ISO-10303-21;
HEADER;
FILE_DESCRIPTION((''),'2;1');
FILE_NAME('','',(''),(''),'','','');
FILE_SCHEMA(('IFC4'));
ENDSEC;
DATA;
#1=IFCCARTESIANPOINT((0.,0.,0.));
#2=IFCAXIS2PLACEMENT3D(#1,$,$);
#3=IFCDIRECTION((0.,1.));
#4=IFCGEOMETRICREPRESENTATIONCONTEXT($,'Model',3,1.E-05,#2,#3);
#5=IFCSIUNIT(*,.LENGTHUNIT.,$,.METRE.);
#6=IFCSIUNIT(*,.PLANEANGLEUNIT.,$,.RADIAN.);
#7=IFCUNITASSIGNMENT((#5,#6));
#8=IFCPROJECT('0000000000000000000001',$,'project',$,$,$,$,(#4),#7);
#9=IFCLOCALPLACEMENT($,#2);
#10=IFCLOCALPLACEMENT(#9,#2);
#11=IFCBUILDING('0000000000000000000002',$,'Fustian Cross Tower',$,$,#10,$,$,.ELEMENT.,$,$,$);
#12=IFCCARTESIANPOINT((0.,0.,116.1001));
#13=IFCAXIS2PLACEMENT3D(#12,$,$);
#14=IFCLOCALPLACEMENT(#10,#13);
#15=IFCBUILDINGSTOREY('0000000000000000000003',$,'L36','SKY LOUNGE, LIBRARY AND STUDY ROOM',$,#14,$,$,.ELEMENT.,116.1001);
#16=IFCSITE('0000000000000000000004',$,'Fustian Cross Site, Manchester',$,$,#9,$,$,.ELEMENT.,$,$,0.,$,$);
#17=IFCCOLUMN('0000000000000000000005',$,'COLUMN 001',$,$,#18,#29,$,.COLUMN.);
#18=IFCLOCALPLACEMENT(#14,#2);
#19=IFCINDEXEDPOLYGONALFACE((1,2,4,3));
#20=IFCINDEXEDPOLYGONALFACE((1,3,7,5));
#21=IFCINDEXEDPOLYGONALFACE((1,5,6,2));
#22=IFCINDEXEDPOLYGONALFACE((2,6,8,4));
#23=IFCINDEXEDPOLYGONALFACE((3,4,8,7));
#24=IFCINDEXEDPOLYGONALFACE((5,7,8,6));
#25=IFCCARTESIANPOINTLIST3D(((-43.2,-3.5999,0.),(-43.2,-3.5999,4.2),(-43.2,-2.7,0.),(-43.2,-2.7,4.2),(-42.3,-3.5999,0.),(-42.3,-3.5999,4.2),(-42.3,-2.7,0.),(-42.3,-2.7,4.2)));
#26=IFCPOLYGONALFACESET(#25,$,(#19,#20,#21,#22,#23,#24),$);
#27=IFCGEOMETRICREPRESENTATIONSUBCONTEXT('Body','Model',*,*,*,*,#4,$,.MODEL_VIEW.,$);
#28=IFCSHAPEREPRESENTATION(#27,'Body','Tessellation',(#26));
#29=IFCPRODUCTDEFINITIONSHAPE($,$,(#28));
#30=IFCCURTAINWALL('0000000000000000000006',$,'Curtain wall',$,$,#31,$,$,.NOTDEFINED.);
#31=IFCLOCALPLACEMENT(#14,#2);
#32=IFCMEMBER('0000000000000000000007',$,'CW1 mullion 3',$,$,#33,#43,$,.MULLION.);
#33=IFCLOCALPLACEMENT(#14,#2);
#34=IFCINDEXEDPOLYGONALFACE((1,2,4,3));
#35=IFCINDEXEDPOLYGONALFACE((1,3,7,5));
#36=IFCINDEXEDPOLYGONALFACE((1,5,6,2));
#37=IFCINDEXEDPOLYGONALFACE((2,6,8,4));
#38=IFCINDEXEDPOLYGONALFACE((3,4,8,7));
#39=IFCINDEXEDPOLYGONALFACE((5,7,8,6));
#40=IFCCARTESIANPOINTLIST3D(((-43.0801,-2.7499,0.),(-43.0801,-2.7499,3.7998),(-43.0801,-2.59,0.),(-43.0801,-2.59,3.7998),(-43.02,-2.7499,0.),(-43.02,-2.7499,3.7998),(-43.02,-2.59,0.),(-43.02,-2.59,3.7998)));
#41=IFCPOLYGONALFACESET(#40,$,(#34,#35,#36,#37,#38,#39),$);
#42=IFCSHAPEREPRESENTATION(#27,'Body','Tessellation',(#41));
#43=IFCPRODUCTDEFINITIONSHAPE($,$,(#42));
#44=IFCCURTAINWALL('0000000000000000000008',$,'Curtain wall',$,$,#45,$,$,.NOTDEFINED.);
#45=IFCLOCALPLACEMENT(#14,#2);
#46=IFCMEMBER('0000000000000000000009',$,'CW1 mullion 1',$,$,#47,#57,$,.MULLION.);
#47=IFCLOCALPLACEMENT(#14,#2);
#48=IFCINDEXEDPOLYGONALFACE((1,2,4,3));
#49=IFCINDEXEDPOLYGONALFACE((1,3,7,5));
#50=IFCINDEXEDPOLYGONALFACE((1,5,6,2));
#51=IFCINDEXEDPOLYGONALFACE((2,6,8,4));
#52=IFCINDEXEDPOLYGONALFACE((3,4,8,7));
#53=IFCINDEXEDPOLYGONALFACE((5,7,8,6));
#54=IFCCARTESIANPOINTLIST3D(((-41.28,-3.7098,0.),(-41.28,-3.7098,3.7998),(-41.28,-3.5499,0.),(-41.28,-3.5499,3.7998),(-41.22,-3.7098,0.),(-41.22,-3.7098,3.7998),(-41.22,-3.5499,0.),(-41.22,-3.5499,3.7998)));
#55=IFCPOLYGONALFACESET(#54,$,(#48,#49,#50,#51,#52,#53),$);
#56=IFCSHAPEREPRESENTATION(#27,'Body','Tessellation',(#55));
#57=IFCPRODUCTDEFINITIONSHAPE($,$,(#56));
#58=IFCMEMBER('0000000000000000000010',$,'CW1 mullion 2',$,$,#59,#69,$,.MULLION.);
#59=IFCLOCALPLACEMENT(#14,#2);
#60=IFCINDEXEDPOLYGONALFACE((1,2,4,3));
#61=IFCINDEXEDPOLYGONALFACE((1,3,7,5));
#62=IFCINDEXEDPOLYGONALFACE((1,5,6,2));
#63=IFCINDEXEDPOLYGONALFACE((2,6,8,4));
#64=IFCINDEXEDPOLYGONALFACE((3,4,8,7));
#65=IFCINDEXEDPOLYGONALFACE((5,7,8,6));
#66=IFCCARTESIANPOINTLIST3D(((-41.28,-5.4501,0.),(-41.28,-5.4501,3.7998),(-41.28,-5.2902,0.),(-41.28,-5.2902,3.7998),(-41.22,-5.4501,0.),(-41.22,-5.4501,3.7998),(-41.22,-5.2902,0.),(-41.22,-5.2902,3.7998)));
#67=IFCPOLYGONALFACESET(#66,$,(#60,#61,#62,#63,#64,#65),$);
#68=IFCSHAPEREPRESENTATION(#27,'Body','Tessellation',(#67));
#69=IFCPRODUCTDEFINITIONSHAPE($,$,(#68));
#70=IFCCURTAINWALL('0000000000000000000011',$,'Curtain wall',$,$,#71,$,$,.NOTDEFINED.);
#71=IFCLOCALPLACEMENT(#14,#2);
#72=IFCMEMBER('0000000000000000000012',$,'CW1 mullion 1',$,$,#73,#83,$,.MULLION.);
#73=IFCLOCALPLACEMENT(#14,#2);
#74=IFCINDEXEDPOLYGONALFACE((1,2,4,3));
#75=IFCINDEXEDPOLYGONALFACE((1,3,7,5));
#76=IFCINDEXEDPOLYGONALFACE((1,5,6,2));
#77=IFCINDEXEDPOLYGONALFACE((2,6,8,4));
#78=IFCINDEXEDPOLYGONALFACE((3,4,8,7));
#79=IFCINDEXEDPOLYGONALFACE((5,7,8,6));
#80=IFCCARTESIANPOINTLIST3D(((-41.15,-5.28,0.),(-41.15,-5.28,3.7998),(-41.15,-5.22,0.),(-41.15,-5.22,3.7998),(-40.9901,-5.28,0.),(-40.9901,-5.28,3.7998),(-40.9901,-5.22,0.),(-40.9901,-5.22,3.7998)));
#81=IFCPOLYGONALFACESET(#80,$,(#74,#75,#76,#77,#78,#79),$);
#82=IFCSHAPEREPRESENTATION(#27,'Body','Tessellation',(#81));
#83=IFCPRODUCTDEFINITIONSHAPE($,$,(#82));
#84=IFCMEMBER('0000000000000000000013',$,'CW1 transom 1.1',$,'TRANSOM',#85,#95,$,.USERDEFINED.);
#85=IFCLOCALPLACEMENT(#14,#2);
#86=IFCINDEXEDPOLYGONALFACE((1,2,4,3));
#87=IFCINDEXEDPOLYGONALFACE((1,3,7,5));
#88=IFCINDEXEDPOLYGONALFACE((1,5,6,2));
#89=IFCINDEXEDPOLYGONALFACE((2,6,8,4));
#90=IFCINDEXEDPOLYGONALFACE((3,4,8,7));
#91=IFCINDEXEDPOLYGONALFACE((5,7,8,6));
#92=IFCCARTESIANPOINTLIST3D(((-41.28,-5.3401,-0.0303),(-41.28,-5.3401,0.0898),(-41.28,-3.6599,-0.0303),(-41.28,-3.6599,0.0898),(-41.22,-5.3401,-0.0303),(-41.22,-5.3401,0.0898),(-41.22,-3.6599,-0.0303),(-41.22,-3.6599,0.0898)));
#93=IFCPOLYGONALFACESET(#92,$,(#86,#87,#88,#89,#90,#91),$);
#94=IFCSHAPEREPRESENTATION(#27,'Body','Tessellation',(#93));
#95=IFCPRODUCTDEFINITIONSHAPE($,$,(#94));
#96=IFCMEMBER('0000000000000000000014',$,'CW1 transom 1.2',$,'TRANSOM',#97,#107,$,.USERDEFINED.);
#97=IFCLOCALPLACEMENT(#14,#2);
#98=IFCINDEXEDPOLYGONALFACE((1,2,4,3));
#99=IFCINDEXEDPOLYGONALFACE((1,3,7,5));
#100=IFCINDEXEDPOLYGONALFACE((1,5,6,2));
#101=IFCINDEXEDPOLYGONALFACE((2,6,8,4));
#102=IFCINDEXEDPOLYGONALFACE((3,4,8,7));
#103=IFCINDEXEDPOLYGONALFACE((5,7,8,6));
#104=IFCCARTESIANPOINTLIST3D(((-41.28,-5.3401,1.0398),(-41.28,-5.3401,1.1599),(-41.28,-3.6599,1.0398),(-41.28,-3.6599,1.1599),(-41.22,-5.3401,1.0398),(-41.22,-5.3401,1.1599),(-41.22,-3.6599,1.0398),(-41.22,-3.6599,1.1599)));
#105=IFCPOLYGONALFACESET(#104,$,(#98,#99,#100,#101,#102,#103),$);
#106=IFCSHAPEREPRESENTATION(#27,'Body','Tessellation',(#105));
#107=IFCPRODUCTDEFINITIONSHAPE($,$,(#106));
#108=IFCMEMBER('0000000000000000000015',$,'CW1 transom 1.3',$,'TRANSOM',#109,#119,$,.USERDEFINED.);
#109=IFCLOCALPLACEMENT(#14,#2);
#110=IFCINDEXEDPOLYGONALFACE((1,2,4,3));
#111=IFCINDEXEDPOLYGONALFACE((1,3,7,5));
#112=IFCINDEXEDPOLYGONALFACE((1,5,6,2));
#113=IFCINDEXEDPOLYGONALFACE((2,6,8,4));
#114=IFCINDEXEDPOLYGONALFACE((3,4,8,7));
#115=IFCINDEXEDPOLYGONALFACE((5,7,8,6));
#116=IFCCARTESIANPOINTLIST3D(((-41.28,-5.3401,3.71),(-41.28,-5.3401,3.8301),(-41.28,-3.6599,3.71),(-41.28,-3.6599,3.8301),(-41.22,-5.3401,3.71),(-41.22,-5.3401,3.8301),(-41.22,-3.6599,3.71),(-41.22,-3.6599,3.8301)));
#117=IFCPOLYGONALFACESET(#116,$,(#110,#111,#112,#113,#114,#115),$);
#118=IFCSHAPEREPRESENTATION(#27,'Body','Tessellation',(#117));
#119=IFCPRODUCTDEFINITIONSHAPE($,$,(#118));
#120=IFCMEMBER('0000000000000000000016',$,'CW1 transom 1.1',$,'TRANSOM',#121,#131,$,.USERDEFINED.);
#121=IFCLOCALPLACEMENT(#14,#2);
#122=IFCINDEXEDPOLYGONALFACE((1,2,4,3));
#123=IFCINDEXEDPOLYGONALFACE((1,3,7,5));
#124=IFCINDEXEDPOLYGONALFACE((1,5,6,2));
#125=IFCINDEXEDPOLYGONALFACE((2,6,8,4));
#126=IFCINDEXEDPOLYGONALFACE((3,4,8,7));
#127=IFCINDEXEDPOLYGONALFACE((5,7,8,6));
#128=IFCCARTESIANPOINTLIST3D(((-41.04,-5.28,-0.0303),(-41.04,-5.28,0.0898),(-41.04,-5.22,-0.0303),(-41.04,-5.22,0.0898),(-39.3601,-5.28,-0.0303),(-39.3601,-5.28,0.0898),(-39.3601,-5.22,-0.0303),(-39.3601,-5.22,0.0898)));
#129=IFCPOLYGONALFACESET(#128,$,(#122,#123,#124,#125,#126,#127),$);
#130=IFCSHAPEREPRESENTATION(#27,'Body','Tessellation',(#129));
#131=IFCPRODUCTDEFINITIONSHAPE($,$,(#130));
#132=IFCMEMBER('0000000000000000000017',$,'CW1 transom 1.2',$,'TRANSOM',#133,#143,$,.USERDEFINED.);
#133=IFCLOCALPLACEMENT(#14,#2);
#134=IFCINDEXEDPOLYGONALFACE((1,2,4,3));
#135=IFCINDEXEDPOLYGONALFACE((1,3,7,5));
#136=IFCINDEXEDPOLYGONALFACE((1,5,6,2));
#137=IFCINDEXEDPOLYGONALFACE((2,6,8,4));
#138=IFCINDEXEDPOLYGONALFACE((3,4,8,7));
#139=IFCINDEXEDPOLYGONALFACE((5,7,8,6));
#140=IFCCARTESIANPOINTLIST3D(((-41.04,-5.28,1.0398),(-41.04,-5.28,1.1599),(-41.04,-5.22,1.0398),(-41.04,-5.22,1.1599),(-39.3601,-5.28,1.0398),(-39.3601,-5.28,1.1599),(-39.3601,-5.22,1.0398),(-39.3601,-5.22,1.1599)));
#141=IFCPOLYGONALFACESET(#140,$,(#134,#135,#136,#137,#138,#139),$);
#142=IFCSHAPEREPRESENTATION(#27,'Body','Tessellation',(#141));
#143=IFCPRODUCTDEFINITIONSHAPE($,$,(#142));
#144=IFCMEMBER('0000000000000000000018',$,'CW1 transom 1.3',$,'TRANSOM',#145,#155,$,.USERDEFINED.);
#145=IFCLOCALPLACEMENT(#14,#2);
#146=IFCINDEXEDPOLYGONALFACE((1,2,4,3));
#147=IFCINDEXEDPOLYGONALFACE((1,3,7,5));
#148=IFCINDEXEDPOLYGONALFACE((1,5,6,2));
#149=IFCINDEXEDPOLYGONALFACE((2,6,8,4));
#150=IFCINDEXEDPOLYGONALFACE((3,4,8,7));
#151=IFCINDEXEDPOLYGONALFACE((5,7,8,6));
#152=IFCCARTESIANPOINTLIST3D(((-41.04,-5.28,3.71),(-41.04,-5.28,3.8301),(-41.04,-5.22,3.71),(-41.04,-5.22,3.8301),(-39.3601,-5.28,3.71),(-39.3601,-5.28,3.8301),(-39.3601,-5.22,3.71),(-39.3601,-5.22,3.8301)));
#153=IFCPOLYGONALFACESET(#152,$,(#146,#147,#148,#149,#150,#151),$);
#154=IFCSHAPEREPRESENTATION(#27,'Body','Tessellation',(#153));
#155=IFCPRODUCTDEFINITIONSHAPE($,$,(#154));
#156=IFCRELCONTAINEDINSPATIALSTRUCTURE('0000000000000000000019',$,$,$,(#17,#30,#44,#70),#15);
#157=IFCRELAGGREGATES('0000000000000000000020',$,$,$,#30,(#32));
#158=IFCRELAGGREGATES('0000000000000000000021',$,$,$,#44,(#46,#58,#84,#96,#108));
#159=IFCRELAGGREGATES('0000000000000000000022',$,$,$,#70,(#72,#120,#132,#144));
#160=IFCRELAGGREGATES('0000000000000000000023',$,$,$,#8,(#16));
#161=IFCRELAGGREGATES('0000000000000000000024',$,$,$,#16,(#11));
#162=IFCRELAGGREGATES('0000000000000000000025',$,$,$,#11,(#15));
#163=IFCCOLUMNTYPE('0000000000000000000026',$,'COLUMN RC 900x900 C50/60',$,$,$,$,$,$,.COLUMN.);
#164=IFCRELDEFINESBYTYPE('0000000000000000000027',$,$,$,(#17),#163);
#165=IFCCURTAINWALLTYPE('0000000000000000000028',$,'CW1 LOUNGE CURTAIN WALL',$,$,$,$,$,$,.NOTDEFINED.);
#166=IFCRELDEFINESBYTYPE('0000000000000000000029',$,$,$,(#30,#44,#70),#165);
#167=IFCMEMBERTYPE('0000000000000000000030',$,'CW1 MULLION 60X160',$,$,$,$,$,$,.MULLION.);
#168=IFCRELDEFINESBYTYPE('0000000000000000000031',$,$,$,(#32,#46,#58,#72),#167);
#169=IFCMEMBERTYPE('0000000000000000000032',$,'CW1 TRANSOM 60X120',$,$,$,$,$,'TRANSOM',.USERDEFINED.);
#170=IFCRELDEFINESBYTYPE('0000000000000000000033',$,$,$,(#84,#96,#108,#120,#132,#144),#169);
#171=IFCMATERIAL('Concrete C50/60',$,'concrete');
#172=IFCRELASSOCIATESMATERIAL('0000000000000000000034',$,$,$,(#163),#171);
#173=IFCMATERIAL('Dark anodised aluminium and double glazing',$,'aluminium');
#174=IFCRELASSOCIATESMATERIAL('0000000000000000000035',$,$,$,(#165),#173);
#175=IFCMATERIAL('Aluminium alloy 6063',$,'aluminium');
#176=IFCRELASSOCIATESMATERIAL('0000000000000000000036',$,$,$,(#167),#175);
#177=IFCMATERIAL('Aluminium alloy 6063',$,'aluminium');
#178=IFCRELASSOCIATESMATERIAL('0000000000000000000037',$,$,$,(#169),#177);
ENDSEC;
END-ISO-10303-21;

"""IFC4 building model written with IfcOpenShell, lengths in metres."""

from ifc_helpers import new_model, si_unit, direction, frame, origin, origin_2d, place, context, subcontext, project, spatial, rectangle, extrude, material, material_profile, profile_set, type_object, element, aggregate, save


model = new_model("IFC4")

# Units and contexts
model_context = context("Model", 3, precision=1e-05, world=origin(), true_north=direction((0.0, 1.0)))
body_context = subcontext(model_context, "Body", "Model", "MODEL_VIEW")
ifc_project = project(units=[si_unit("LENGTHUNIT", "METRE"), si_unit("PLANEANGLEUNIT", "RADIAN")], contexts=[model_context])

# Site, building, storey
site_placement = place(None, origin())
site = spatial("IfcSite", under=ifc_project, at=site_placement, Name="Fustian Cross Site, Manchester", CompositionType="ELEMENT", RefElevation=0.0)
building_placement = place(site_placement, origin())
building = spatial("IfcBuilding", under=site, at=building_placement, Name="Fustian Cross Tower", CompositionType="ELEMENT")
storey_placement = place(building_placement, frame((0.0, 0.0, 116.1001)))
storey = spatial("IfcBuildingStorey", under=building, at=storey_placement, Name="L36", Description="SKY LOUNGE, LIBRARY AND STUDY ROOM", CompositionType="ELEMENT", Elevation=116.1001)

# Column
ifc_material_1 = material(Name="Concrete C50/60", Category="concrete")
ifc_material_profile_1 = material_profile(ifc_material_1, rectangle(XDim=0.8999, YDim=0.8999, at=origin_2d()), Name="RC 900x900")
ifc_profile_set_1 = profile_set([ifc_material_profile_1], Name="Concrete C50/60")
column_type = type_object("IfcColumnType", Name="COLUMN RC 900x900 C50/60", PredefinedType="COLUMN", material=ifc_profile_set_1)
column_placement = place(storey_placement, frame((-42.75, -3.1499, 0.0), z_axis=(0.0, 0.0, 1.0), x_axis=(1.0, 0.0, 0.0)))
element("IfcColumn", 1, at=column_placement, inside=storey, type_object=column_type, Name="COLUMN 001", PredefinedType="COLUMN", context=body_context, shape_type="SweptSolid", body=[
    extrude(rectangle(XDim=0.8999, YDim=0.8999, at=origin_2d()), origin(), (0.0, 0.0, 1.0), 4.2),
])

# Curtain wall, member
ifc_material_2 = material(Name="Dark anodised aluminium and double glazing", Category="aluminium")
curtain_wall_type = type_object("IfcCurtainWallType", Name="CW1 LOUNGE CURTAIN WALL", PredefinedType="NOTDEFINED", material=ifc_material_2)
curtain_wall_1_placement = place(storey_placement, origin())
curtain_wall_1 = element("IfcCurtainWall", 2, at=curtain_wall_1_placement, inside=storey, type_object=curtain_wall_type, Name="Curtain wall", PredefinedType="NOTDEFINED")
ifc_material_3 = material(Name="Aluminium alloy 6063", Category="aluminium")
ifc_material_profile_2 = material_profile(ifc_material_3, rectangle(XDim=0.0601, YDim=0.1599, at=origin_2d()), Name="CW1 MULLION 60X160")
ifc_profile_set_2 = profile_set([ifc_material_profile_2], Name="Aluminium alloy 6063")
member_type_1 = type_object("IfcMemberType", Name="CW1 MULLION 60X160", PredefinedType="MULLION", material=ifc_profile_set_2)
member_1_placement = place(storey_placement, frame((-43.05, -2.6699, 0.0), z_axis=(0.0, 0.0, 1.0), x_axis=(1.0, 0.0, 0.0)))
member_1 = element("IfcMember", 3, at=member_1_placement, type_object=member_type_1, Name="CW1 mullion 3", PredefinedType="MULLION", context=body_context, shape_type="SweptSolid", body=[
    extrude(rectangle(XDim=0.0601, YDim=0.1599, at=origin_2d()), origin(), (0.0, 0.0, 1.0), 3.7998),
])

# Curtain wall, members
curtain_wall_2_placement = place(storey_placement, origin())
curtain_wall_2 = element("IfcCurtainWall", 4, at=curtain_wall_2_placement, inside=storey, type_object=curtain_wall_type, Name="Curtain wall", PredefinedType="NOTDEFINED")
member_2_placement = place(storey_placement, frame((-41.25, -3.6299, 0.0), z_axis=(0.0, 0.0, 1.0), x_axis=(1.0, 0.0, 0.0)))
member_2 = element("IfcMember", 5, at=member_2_placement, type_object=member_type_1, Name="CW1 mullion 1", PredefinedType="MULLION", context=body_context, shape_type="SweptSolid", body=[
    extrude(rectangle(XDim=0.0601, YDim=0.1599, at=origin_2d()), origin(), (0.0, 0.0, 1.0), 3.7998),
])
member_3_placement = place(storey_placement, frame((-41.25, -5.3701, 0.0), z_axis=(0.0, 0.0, 1.0), x_axis=(1.0, 0.0, 0.0)))
member_3 = element("IfcMember", 6, at=member_3_placement, type_object=member_type_1, Name="CW1 mullion 2", PredefinedType="MULLION", context=body_context, shape_type="SweptSolid", body=[
    extrude(rectangle(XDim=0.0601, YDim=0.1599, at=origin_2d()), origin(), (0.0, 0.0, 1.0), 3.7998),
])

# Curtain wall, member
curtain_wall_3_placement = place(storey_placement, origin())
curtain_wall_3 = element("IfcCurtainWall", 7, at=curtain_wall_3_placement, inside=storey, type_object=curtain_wall_type, Name="Curtain wall", PredefinedType="NOTDEFINED")
member_4_placement = place(storey_placement, frame((-41.0701, -5.25, 0.0), z_axis=(0.0, 0.0, 1.0), x_axis=(0.0, 1.0, 0.0)))
member_4 = element("IfcMember", 8, at=member_4_placement, type_object=member_type_1, Name="CW1 mullion 1", PredefinedType="MULLION", context=body_context, shape_type="SweptSolid", body=[
    extrude(rectangle(XDim=0.0601, YDim=0.1599, at=origin_2d()), origin(), (0.0, 0.0, 1.0), 3.7998),
])

# Members
ifc_material_4 = material(Name="Aluminium alloy 6063", Category="aluminium")
ifc_material_profile_3 = material_profile(ifc_material_4, rectangle(XDim=0.0601, YDim=0.1201, at=origin_2d()), Name="CW1 TRANSOM 60X120")
ifc_profile_set_3 = profile_set([ifc_material_profile_3], Name="Aluminium alloy 6063")
member_type_2 = type_object("IfcMemberType", Name="CW1 TRANSOM 60X120", ElementType="TRANSOM", PredefinedType="USERDEFINED", material=ifc_profile_set_3)
member_5_placement = place(storey_placement, frame((-41.25, -3.6599, 0.0298), z_axis=(0.0, -1.0, 0.0), x_axis=(1.0, 0.0, 0.0)))
member_5 = element("IfcMember", 9, at=member_5_placement, type_object=member_type_2, Name="CW1 transom 1.1", ObjectType="TRANSOM", PredefinedType="USERDEFINED", context=body_context, shape_type="SweptSolid", body=[
    extrude(rectangle(XDim=0.0601, YDim=0.1201, at=origin_2d()), origin(), (0.0, 0.0, 1.0), 1.6802),
])
member_6_placement = place(storey_placement, frame((-41.25, -3.6599, 1.0999), z_axis=(0.0, -1.0, 0.0), x_axis=(1.0, 0.0, 0.0)))
member_6 = element("IfcMember", 10, at=member_6_placement, type_object=member_type_2, Name="CW1 transom 1.2", ObjectType="TRANSOM", PredefinedType="USERDEFINED", context=body_context, shape_type="SweptSolid", body=[
    extrude(rectangle(XDim=0.0601, YDim=0.1201, at=origin_2d()), origin(), (0.0, 0.0, 1.0), 1.6802),
])
member_7_placement = place(storey_placement, frame((-41.25, -3.6599, 3.77), z_axis=(0.0, -1.0, 0.0), x_axis=(1.0, 0.0, 0.0)))
member_7 = element("IfcMember", 11, at=member_7_placement, type_object=member_type_2, Name="CW1 transom 1.3", ObjectType="TRANSOM", PredefinedType="USERDEFINED", context=body_context, shape_type="SweptSolid", body=[
    extrude(rectangle(XDim=0.0601, YDim=0.1201, at=origin_2d()), origin(), (0.0, 0.0, 1.0), 1.6802),
])
member_8_placement = place(storey_placement, frame((-41.04, -5.25, 0.0298), z_axis=(1.0, 0.0, 0.0), x_axis=(0.0, 1.0, 0.0)))
member_8 = element("IfcMember", 12, at=member_8_placement, type_object=member_type_2, Name="CW1 transom 1.1", ObjectType="TRANSOM", PredefinedType="USERDEFINED", context=body_context, shape_type="SweptSolid", body=[
    extrude(rectangle(XDim=0.0601, YDim=0.1201, at=origin_2d()), origin(), (0.0, 0.0, 1.0), 1.6799),
])
member_9_placement = place(storey_placement, frame((-41.04, -5.25, 1.0999), z_axis=(1.0, 0.0, 0.0), x_axis=(0.0, 1.0, 0.0)))
member_9 = element("IfcMember", 13, at=member_9_placement, type_object=member_type_2, Name="CW1 transom 1.2", ObjectType="TRANSOM", PredefinedType="USERDEFINED", context=body_context, shape_type="SweptSolid", body=[
    extrude(rectangle(XDim=0.0601, YDim=0.1201, at=origin_2d()), origin(), (0.0, 0.0, 1.0), 1.6799),
])
member_10_placement = place(storey_placement, frame((-41.04, -5.25, 3.77), z_axis=(1.0, 0.0, 0.0), x_axis=(0.0, 1.0, 0.0)))
member_10 = element("IfcMember", 14, at=member_10_placement, type_object=member_type_2, Name="CW1 transom 1.3", ObjectType="TRANSOM", PredefinedType="USERDEFINED", context=body_context, shape_type="SweptSolid", body=[
    extrude(rectangle(XDim=0.0601, YDim=0.1201, at=origin_2d()), origin(), (0.0, 0.0, 1.0), 1.6799),
])

aggregate(curtain_wall_1, [member_1])
aggregate(curtain_wall_2, [member_2, member_3, member_5, member_6, member_7])
aggregate(curtain_wall_3, [member_4, member_8, member_9, member_10])

save(model, "model.ifc")
